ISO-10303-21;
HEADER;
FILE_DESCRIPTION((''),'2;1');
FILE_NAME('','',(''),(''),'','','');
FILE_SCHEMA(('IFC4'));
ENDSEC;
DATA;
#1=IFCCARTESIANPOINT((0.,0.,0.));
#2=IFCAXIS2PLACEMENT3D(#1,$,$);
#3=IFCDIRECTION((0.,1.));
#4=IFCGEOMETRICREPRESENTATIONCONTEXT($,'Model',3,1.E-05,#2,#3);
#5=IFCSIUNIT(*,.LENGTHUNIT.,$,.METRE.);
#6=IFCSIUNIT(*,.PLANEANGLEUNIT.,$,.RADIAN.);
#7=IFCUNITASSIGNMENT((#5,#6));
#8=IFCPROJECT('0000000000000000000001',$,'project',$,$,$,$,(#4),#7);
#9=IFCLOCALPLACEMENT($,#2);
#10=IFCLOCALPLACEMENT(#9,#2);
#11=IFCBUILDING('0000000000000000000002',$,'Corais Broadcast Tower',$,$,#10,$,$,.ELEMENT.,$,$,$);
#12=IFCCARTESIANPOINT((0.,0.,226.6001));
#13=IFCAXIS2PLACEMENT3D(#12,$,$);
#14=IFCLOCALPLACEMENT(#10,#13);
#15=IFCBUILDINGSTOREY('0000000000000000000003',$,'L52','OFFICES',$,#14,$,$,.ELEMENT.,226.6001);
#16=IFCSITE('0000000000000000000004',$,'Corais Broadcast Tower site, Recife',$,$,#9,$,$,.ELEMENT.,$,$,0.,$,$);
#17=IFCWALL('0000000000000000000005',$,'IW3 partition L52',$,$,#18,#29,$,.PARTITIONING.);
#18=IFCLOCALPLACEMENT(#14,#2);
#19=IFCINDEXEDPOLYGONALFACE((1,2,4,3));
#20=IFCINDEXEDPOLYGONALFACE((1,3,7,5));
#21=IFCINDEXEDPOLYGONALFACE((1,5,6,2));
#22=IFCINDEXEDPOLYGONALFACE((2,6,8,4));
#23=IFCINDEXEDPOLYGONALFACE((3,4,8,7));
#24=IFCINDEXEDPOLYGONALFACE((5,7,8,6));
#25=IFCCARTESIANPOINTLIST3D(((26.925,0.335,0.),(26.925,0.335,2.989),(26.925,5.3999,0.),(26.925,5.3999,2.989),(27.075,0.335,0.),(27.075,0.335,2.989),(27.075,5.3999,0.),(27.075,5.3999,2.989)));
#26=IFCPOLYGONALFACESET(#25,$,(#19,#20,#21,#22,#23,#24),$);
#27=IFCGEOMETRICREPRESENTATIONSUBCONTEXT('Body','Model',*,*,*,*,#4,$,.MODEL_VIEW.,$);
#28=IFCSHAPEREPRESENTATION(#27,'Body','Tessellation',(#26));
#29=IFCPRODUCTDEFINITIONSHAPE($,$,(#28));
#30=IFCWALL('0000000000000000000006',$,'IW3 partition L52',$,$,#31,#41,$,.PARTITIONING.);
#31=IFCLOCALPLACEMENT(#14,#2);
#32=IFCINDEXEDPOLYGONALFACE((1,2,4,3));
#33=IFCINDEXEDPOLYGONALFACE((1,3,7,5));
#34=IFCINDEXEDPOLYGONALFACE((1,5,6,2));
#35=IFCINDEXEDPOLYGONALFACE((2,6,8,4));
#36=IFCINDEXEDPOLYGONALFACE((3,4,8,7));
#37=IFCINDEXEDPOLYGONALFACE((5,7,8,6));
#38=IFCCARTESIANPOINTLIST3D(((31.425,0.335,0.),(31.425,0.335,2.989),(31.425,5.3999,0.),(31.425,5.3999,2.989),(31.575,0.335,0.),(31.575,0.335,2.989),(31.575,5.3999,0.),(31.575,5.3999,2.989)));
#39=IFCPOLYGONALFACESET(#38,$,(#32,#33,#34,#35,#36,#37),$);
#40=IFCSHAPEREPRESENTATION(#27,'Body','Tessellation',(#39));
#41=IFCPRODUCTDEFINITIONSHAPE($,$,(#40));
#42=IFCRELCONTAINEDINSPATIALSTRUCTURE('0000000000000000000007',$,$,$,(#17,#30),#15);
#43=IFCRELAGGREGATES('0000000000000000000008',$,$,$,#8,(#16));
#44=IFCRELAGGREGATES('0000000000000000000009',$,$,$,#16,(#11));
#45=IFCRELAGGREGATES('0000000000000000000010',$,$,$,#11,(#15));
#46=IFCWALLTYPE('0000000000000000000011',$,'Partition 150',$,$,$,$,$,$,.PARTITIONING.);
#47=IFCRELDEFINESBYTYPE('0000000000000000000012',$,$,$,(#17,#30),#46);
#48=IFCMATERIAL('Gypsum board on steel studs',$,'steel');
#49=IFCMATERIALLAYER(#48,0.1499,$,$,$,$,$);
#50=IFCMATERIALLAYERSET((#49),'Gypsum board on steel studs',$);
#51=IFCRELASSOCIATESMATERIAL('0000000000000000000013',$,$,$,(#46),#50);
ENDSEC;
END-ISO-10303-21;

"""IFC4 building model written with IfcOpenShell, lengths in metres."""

from ifc_helpers import new_model, si_unit, direction, frame, frame_2d, origin, place, context, subcontext, project, spatial, rectangle, extrude, material, layer, layer_set, type_object, element, save


model = new_model("IFC4")

# Units and contexts
model_context = context("Model", 3, precision=1e-05, world=origin(), true_north=direction((0.0, 1.0)))
body_context = subcontext(model_context, "Body", "Model", "MODEL_VIEW")
ifc_project = project(units=[si_unit("LENGTHUNIT", "METRE"), si_unit("PLANEANGLEUNIT", "RADIAN")], contexts=[model_context])

# Site, building, storey
site_placement = place(None, origin())
site = spatial("IfcSite", under=ifc_project, at=site_placement, Name="Corais Broadcast Tower site, Recife", CompositionType="ELEMENT", RefElevation=0.0)
building_placement = place(site_placement, origin())
building = spatial("IfcBuilding", under=site, at=building_placement, Name="Corais Broadcast Tower", CompositionType="ELEMENT")
storey_placement = place(building_placement, frame((0.0, 0.0, 226.6001)))
storey = spatial("IfcBuildingStorey", under=building, at=storey_placement, Name="L52", Description="OFFICES", CompositionType="ELEMENT", Elevation=226.6001)

# Walls
ifc_material_1 = material(Name="Gypsum board on steel studs", Category="steel")
ifc_layer_1 = layer(ifc_material_1, 0.1499)
ifc_layer_set_1 = layer_set([ifc_layer_1], Name="Gypsum board on steel studs")
wall_type = type_object("IfcWallType", Name="Partition 150", PredefinedType="PARTITIONING", material=ifc_layer_set_1)
for number, where, z_axis, x_axis, name in (
    (1, (27.0, 0.335, 0.0), (0.0, 0.0, 1.0), (0.0, 1.0, 0.0), "IW3 partition L52"),
    (2, (31.5, 0.335, 0.0), (0.0, 0.0, 1.0), (0.0, 1.0, 0.0), "IW3 partition L52"),
):
    element("IfcWall", number, at=place(storey_placement, frame(where, z_axis=z_axis, x_axis=x_axis)), inside=storey, type_object=wall_type, Name=name, PredefinedType="PARTITIONING", context=body_context, shape_type="SweptSolid", body=[
        extrude(rectangle(XDim=5.0649, YDim=0.1499, at=frame_2d((2.5325, 0.0))), origin(), (0.0, 0.0, 1.0), 2.989),
    ])

save(model, "model.ifc")
